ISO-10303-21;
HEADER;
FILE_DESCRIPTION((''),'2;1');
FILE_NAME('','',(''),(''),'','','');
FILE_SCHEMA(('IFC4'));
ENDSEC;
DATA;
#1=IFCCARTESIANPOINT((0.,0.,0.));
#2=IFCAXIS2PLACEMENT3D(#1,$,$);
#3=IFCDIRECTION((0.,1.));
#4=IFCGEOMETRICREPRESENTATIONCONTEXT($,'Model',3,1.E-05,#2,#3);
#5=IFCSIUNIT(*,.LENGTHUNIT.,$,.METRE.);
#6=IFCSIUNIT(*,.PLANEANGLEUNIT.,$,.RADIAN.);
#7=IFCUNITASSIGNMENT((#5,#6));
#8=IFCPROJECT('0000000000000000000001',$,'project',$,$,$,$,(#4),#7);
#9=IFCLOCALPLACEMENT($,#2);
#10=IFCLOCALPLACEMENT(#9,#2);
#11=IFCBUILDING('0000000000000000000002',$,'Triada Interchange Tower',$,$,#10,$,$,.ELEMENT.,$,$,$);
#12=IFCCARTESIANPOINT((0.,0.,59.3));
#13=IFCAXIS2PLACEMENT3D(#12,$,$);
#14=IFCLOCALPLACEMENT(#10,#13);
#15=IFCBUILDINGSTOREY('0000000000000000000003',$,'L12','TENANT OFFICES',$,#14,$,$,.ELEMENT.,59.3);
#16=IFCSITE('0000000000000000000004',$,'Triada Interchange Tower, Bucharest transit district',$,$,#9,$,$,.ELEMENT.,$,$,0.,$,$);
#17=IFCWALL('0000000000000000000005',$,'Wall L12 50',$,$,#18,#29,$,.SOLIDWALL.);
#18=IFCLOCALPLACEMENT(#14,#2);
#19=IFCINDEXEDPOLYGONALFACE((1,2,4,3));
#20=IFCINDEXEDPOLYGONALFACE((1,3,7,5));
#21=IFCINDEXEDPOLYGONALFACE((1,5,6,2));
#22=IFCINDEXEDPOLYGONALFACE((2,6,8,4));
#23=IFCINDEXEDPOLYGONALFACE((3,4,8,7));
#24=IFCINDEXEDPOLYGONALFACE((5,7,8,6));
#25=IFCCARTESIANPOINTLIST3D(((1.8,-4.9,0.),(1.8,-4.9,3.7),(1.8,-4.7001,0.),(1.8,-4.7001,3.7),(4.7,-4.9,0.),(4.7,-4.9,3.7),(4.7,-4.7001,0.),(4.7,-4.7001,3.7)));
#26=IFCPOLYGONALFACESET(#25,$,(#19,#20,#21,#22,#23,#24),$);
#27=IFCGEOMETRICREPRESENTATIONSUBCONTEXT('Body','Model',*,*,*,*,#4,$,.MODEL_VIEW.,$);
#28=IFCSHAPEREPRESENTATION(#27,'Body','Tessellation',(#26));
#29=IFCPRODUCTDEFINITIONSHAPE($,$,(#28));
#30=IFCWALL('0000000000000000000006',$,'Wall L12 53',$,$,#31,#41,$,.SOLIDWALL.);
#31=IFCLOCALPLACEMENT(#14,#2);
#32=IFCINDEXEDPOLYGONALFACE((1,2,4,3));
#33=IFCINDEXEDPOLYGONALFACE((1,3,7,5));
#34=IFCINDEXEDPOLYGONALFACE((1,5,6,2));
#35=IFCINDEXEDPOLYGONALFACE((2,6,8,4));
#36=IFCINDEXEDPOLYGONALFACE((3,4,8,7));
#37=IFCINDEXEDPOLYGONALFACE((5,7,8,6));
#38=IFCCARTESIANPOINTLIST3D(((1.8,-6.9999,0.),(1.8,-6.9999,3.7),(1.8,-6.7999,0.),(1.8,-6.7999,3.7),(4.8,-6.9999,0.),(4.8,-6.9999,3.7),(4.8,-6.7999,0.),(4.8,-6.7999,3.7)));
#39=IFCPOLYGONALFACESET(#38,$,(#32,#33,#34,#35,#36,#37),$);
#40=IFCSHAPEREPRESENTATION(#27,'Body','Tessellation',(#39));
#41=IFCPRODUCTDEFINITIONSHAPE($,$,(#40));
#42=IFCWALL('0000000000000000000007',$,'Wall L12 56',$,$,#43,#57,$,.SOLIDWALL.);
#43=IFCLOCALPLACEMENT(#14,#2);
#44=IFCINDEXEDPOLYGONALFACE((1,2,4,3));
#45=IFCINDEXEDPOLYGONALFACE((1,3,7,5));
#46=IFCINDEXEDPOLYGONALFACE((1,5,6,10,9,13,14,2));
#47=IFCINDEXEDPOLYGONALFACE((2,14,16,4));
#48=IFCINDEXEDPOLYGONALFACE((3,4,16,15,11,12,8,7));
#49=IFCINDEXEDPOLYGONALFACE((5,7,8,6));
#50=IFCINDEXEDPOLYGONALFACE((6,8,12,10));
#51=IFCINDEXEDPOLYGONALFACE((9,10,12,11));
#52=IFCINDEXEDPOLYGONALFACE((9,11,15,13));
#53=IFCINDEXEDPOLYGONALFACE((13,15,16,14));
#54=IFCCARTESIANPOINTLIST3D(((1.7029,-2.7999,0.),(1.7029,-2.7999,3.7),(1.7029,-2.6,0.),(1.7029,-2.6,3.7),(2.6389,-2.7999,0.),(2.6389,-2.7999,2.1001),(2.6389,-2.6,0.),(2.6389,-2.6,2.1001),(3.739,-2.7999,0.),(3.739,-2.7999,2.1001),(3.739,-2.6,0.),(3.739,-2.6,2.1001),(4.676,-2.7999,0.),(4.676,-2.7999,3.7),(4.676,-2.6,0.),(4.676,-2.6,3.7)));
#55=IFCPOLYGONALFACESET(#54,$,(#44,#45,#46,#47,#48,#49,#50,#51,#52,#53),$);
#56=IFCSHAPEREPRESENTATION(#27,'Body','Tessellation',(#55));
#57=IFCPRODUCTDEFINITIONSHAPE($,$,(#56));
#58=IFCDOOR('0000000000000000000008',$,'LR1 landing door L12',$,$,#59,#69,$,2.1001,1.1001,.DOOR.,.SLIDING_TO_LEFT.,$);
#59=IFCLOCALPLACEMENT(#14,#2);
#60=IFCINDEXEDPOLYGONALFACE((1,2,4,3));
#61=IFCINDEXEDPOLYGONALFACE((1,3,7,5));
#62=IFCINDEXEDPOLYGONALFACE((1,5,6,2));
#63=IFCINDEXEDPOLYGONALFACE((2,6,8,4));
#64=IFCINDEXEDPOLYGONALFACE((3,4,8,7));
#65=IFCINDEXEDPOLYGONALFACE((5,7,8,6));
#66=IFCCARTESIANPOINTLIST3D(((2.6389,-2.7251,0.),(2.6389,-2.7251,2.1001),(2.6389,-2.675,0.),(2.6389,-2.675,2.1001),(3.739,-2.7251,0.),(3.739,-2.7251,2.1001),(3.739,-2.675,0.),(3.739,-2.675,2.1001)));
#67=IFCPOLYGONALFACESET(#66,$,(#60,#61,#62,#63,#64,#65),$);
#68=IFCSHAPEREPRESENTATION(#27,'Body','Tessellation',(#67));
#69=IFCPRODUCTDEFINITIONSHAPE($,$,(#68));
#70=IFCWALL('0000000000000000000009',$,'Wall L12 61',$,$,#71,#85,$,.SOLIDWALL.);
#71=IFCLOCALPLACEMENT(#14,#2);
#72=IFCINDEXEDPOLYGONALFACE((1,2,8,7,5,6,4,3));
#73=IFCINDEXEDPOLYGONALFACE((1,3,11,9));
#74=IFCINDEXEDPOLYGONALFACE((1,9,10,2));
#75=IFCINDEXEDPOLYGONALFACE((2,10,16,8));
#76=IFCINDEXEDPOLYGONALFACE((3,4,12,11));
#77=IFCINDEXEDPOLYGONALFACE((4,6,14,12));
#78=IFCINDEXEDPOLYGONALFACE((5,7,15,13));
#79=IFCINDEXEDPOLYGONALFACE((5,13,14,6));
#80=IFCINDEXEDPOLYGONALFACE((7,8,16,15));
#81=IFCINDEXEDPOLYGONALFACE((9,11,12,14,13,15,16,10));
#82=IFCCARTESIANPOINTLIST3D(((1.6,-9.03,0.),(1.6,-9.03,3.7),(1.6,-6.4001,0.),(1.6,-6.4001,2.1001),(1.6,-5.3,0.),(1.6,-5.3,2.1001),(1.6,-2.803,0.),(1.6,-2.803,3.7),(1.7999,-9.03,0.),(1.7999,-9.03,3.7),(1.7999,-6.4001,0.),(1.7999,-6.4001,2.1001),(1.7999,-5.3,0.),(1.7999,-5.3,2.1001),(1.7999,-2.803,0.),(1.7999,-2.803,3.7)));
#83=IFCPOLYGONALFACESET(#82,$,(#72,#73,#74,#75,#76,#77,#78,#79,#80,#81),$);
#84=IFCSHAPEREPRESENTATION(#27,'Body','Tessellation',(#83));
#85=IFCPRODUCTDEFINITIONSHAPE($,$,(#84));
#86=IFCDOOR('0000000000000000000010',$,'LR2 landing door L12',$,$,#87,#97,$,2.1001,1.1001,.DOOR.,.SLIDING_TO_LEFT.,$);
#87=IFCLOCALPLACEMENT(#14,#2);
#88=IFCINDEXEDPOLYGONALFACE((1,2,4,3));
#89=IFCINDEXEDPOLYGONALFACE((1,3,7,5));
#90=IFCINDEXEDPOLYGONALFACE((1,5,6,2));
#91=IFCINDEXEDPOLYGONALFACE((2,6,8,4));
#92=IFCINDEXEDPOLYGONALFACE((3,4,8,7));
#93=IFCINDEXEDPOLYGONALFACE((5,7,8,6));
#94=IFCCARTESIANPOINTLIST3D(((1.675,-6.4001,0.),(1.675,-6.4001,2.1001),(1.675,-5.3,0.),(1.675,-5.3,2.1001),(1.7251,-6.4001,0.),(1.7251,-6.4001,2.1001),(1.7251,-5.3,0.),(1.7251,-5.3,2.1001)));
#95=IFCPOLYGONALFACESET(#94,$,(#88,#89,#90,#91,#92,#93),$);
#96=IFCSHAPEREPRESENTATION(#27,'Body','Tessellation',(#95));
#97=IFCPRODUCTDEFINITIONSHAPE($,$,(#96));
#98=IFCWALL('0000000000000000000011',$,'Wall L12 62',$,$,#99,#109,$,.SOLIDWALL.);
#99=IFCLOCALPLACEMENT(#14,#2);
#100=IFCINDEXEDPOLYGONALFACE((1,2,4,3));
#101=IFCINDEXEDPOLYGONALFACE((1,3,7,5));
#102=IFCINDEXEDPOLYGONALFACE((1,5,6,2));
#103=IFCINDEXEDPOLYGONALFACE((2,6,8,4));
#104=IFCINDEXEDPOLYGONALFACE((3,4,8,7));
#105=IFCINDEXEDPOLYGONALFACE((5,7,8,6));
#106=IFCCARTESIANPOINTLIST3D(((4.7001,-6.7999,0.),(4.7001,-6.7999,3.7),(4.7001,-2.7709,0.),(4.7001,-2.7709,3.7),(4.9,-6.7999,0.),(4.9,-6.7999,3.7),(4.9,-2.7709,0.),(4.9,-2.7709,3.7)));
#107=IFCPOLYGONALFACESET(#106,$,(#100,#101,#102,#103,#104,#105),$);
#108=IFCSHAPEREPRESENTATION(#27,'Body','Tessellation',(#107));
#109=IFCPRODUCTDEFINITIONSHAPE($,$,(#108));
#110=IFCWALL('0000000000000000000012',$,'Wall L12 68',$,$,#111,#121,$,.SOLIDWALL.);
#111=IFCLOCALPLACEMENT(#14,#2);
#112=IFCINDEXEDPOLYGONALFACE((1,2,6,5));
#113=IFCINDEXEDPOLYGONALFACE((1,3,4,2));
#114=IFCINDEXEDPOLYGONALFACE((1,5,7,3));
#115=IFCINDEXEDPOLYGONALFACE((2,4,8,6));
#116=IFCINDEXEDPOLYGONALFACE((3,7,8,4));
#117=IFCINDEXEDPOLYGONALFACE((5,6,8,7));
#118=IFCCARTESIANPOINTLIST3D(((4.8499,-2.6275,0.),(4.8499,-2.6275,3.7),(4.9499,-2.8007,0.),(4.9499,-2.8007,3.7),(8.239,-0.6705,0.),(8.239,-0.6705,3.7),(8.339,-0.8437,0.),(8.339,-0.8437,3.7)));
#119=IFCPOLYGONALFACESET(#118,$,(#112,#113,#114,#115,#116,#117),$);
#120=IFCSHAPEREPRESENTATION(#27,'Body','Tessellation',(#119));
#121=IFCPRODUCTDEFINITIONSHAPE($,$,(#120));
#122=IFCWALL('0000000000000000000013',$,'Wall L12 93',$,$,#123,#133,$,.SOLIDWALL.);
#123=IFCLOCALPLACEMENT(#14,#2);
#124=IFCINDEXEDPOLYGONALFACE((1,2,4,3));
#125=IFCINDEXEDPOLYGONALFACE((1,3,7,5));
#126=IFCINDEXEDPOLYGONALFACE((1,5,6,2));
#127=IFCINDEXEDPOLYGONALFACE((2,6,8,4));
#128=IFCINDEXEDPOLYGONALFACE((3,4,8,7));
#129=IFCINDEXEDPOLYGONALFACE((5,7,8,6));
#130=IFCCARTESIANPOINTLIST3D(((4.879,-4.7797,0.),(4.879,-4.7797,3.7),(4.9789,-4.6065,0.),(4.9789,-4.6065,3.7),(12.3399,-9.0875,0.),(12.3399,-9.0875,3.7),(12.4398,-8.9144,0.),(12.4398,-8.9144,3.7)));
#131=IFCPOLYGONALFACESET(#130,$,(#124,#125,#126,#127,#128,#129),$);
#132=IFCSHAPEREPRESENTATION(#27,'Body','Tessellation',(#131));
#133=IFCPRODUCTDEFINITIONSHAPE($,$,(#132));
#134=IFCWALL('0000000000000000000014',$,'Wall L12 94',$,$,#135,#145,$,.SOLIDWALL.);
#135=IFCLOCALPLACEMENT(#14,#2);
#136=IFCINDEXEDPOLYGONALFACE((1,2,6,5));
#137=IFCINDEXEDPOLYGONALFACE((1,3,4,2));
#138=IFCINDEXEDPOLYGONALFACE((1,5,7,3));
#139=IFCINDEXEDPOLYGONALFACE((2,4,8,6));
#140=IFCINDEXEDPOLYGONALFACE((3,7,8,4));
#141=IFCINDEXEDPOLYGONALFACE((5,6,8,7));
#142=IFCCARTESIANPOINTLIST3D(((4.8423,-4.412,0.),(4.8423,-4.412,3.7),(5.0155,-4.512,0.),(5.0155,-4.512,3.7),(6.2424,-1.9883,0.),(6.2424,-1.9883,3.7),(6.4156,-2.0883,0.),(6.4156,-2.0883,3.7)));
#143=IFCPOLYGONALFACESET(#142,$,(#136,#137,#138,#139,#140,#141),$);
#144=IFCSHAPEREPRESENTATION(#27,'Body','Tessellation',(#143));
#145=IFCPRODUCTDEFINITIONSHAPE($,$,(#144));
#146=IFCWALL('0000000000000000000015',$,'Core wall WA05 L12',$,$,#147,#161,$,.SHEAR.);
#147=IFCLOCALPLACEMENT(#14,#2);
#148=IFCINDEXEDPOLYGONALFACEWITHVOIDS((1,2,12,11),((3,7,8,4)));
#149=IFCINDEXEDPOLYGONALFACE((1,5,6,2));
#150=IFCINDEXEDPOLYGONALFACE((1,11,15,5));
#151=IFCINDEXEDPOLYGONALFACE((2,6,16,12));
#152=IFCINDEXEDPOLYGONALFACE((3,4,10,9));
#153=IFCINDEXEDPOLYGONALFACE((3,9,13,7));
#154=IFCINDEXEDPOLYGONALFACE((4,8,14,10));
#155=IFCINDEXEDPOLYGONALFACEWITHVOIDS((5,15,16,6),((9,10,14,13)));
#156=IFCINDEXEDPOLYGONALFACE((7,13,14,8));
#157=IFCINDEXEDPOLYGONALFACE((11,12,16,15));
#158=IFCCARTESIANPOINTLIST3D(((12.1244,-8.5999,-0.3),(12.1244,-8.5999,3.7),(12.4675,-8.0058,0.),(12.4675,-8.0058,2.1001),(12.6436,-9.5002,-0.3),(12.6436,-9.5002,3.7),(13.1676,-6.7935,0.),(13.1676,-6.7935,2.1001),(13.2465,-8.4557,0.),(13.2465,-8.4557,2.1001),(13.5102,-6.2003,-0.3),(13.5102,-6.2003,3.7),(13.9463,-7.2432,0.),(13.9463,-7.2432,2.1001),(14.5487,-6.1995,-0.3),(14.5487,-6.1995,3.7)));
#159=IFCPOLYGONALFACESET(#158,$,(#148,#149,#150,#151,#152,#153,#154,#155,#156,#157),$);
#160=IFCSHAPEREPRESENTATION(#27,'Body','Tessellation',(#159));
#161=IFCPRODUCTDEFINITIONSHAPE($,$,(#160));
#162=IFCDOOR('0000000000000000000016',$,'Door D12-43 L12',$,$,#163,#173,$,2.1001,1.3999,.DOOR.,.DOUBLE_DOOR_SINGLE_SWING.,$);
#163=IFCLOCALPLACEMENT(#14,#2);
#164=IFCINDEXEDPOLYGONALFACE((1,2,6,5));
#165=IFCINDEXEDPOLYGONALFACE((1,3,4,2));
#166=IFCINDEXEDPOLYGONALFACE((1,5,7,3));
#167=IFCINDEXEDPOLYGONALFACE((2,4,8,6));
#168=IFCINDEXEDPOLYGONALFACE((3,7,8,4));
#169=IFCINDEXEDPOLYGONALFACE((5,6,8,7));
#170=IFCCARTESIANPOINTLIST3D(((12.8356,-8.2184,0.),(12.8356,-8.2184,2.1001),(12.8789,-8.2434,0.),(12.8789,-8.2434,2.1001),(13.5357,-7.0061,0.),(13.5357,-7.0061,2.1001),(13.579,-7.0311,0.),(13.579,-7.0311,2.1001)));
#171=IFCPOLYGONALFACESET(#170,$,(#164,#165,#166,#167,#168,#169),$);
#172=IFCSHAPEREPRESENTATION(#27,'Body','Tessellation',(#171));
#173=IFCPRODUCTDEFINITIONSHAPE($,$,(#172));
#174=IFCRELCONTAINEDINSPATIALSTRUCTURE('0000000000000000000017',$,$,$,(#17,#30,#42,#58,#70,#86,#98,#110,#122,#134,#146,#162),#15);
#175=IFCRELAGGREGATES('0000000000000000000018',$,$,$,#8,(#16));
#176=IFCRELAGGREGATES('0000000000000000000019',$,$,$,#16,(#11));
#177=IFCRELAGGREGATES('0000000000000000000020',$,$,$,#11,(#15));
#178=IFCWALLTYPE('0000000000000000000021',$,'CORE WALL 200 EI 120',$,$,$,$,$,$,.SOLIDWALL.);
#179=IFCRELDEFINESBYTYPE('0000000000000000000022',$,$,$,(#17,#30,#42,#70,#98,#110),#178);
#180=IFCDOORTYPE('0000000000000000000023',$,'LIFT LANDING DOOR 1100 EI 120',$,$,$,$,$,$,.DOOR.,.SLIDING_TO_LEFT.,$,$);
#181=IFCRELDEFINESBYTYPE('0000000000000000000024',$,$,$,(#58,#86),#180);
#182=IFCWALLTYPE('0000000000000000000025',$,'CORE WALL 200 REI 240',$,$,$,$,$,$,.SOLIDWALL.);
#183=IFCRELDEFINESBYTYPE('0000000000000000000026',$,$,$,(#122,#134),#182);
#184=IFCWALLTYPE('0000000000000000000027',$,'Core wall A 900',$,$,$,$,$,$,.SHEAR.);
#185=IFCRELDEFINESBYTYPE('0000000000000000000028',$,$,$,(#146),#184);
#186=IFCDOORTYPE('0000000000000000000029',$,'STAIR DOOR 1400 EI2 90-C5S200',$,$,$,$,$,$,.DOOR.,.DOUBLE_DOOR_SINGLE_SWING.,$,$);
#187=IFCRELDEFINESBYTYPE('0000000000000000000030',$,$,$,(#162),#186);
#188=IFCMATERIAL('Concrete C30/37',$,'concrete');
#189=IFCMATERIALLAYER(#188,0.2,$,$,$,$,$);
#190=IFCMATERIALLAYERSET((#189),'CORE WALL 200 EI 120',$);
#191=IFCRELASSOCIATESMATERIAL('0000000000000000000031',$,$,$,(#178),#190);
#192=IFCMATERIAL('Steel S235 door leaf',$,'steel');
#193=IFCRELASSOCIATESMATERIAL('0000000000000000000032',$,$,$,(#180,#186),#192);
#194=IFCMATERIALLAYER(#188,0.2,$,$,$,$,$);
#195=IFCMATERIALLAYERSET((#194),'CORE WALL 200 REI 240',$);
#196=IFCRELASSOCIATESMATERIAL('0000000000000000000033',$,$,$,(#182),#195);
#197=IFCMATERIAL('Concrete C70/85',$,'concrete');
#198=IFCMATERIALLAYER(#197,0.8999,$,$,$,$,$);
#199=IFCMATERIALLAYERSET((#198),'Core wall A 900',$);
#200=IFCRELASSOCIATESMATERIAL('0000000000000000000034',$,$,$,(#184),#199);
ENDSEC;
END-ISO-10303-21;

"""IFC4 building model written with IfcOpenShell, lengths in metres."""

from ifc_helpers import new_model, si_unit, direction, frame, frame_2d, origin, place, context, subcontext, project, spatial, polyline, rectangle, outline, extrude, material, layer, layer_set, type_object, element, fill, save


model = new_model("IFC4")

# Units and contexts
model_context = context("Model", 3, precision=1e-05, world=origin(), true_north=direction((0.0, 1.0)))
body_context = subcontext(model_context, "Body", "Model", "MODEL_VIEW")
ifc_project = project(units=[si_unit("LENGTHUNIT", "METRE"), si_unit("PLANEANGLEUNIT", "RADIAN")], contexts=[model_context])

# Site, building, storey
site_placement = place(None, origin())
site = spatial("IfcSite", under=ifc_project, at=site_placement, Name="Triada Interchange Tower, Bucharest transit district", CompositionType="ELEMENT", RefElevation=0.0)
building_placement = place(site_placement, origin())
building = spatial("IfcBuilding", under=site, at=building_placement, Name="Triada Interchange Tower", CompositionType="ELEMENT")
storey_placement = place(building_placement, frame((0.0, 0.0, 59.3)))
storey = spatial("IfcBuildingStorey", under=building, at=storey_placement, Name="L12", Description="TENANT OFFICES", CompositionType="ELEMENT", Elevation=59.3)

# Walls
ifc_material_1 = material(Name="Concrete C30/37", Category="concrete")
ifc_layer_1 = layer(ifc_material_1, 0.2)
ifc_layer_set_1 = layer_set([ifc_layer_1], Name="CORE WALL 200 EI 120")
wall_type_1 = type_object("IfcWallType", Name="CORE WALL 200 EI 120", PredefinedType="SOLIDWALL", material=ifc_layer_set_1)
wall_1_placement = place(storey_placement, frame((1.8, -4.8, 0.0), z_axis=(0.0, 0.0, 1.0), x_axis=(1.0, 0.0, 0.0)))
element("IfcWall", 1, at=wall_1_placement, inside=storey, type_object=wall_type_1, Name="Wall L12 50", PredefinedType="SOLIDWALL", context=body_context, shape_type="SweptSolid", body=[
    extrude(rectangle(XDim=2.8999, YDim=0.2, at=frame_2d((1.45, 0.0))), origin(), (0.0, 0.0, 1.0), 3.7),
])
wall_2_placement = place(storey_placement, frame((1.8, -6.8999, 0.0), z_axis=(0.0, 0.0, 1.0), x_axis=(1.0, 0.0, 0.0)))
element("IfcWall", 2, at=wall_2_placement, inside=storey, type_object=wall_type_1, Name="Wall L12 53", PredefinedType="SOLIDWALL", context=body_context, shape_type="SweptSolid", body=[
    extrude(rectangle(XDim=3.0, YDim=0.2, at=frame_2d((1.5, 0.0))), origin(), (0.0, 0.0, 1.0), 3.7),
])

# Walls, openings, doors
wall_3_placement = place(storey_placement, frame((1.7029, -2.7, 0.0), z_axis=(0.0, 0.0, 1.0), x_axis=(1.0, 0.0, 0.0)))
wall_3 = element("IfcWall", 3, at=wall_3_placement, inside=storey, type_object=wall_type_1, Name="Wall L12 56", PredefinedType="SOLIDWALL", context=body_context, shape_type="SweptSolid", body=[
    extrude(rectangle(XDim=2.9731, YDim=0.2, at=frame_2d((1.4866, 0.0))), origin(), (0.0, 0.0, 1.0), 3.7),
])
opening_1_placement = place(wall_3_placement, frame((0.936, 0.0, 0.0)))
opening_1 = element("IfcOpeningElement", 4, at=opening_1_placement, cuts=wall_3, PredefinedType="OPENING", context=body_context, shape_type="SweptSolid", body=[
    extrude(rectangle(XDim=1.1001, YDim=2.1001, at=frame_2d((0.55, 1.05))), frame((0.0, 0.1099, 0.0), z_axis=(0.0, -1.0, 0.0), x_axis=(1.0, 0.0, 0.0)), (0.0, 0.0, 1.0), 0.22),
])
ifc_material_2 = material(Name="Steel S235 door leaf", Category="steel")
door_type_1 = type_object("IfcDoorType", Name="LIFT LANDING DOOR 1100 EI 120", OperationType="SLIDING_TO_LEFT", PredefinedType="DOOR", material=ifc_material_2)
door_1_placement = place(opening_1_placement, origin())
door_1 = element("IfcDoor", 5, at=door_1_placement, inside=storey, type_object=door_type_1, Name="LR1 landing door L12", OperationType="SLIDING_TO_LEFT", OverallHeight=2.1001, OverallWidth=1.1001, PredefinedType="DOOR", context=body_context, shape_type="SweptSolid", body=[
    extrude(rectangle(XDim=1.1001, YDim=2.1001, at=frame_2d((0.55, 1.05))), frame((0.0, 0.0249, 0.0), z_axis=(0.0, -1.0, 0.0), x_axis=(1.0, 0.0, 0.0)), (0.0, 0.0, 1.0), 0.05),
])
fill(opening_1, door_1)
wall_4_placement = place(storey_placement, frame((1.7, -9.03, 0.0), z_axis=(0.0, 0.0, 1.0), x_axis=(0.0, 1.0, 0.0)))
wall_4 = element("IfcWall", 6, at=wall_4_placement, inside=storey, type_object=wall_type_1, Name="Wall L12 61", PredefinedType="SOLIDWALL", context=body_context, shape_type="SweptSolid", body=[
    extrude(rectangle(XDim=6.2271, YDim=0.2, at=frame_2d((3.1135, 0.0))), origin(), (0.0, 0.0, 1.0), 3.7),
])
opening_2_placement = place(wall_4_placement, frame((2.6299, 0.0, 0.0)))
opening_2 = element("IfcOpeningElement", 7, at=opening_2_placement, cuts=wall_4, PredefinedType="OPENING", context=body_context, shape_type="SweptSolid", body=[
    extrude(rectangle(XDim=1.1001, YDim=2.1001, at=frame_2d((0.55, 1.05))), frame((0.0, 0.1099, 0.0), z_axis=(0.0, -1.0, 0.0), x_axis=(1.0, 0.0, 0.0)), (0.0, 0.0, 1.0), 0.22),
])
door_2_placement = place(opening_2_placement, origin())
door_2 = element("IfcDoor", 8, at=door_2_placement, inside=storey, type_object=door_type_1, Name="LR2 landing door L12", OperationType="SLIDING_TO_LEFT", OverallHeight=2.1001, OverallWidth=1.1001, PredefinedType="DOOR", context=body_context, shape_type="SweptSolid", body=[
    extrude(rectangle(XDim=1.1001, YDim=2.1001, at=frame_2d((0.55, 1.05))), frame((0.0, 0.0249, 0.0), z_axis=(0.0, -1.0, 0.0), x_axis=(1.0, 0.0, 0.0)), (0.0, 0.0, 1.0), 0.05),
])
fill(opening_2, door_2)

# Walls
wall_5_placement = place(storey_placement, frame((4.8, -6.8, 0.0), z_axis=(0.0, 0.0, 1.0), x_axis=(0.0, 1.0, 0.0)))
element("IfcWall", 9, at=wall_5_placement, inside=storey, type_object=wall_type_1, Name="Wall L12 62", PredefinedType="SOLIDWALL", context=body_context, shape_type="SweptSolid", body=[
    extrude(rectangle(XDim=4.0291, YDim=0.2, at=frame_2d((2.0146, 0.0))), origin(), (0.0, 0.0, 1.0), 3.7),
])
wall_6_placement = place(storey_placement, frame((4.8999, -2.7141, 0.0), z_axis=(0.0, 0.0, 1.0), x_axis=(0.865992, 0.500057, 0.0)))
element("IfcWall", 10, at=wall_6_placement, inside=storey, type_object=wall_type_1, Name="Wall L12 68", PredefinedType="SOLIDWALL", context=body_context, shape_type="SweptSolid", body=[
    extrude(rectangle(XDim=3.9136, YDim=0.2, at=frame_2d((1.9568, 0.0))), origin(), (0.0, 0.0, 1.0), 3.7),
])
ifc_layer_2 = layer(ifc_material_1, 0.2)
ifc_layer_set_2 = layer_set([ifc_layer_2], Name="CORE WALL 200 REI 240")
wall_type_2 = type_object("IfcWallType", Name="CORE WALL 200 REI 240", PredefinedType="SOLIDWALL", material=ifc_layer_set_2)
wall_7_placement = place(storey_placement, frame((4.929, -4.6931, 0.0), z_axis=(0.0, 0.0, 1.0), x_axis=(0.866011, -0.500025, 0.0)))
element("IfcWall", 11, at=wall_7_placement, inside=storey, type_object=wall_type_2, Name="Wall L12 93", PredefinedType="SOLIDWALL", context=body_context, shape_type="SweptSolid", body=[
    extrude(rectangle(XDim=8.6152, YDim=0.2, at=frame_2d((4.3076, 0.0))), origin(), (0.0, 0.0, 1.0), 3.7),
])
wall_8_placement = place(storey_placement, frame((4.929, -4.4619, 0.0), z_axis=(0.0, 0.0, 1.0), x_axis=(0.500201, 0.86591, 0.0)))
element("IfcWall", 12, at=wall_8_placement, inside=storey, type_object=wall_type_2, Name="Wall L12 94", PredefinedType="SOLIDWALL", context=body_context, shape_type="SweptSolid", body=[
    extrude(rectangle(XDim=2.7991, YDim=0.2, at=frame_2d((1.3994, 0.0))), origin(), (0.0, 0.0, 1.0), 3.7),
])

# Wall, opening, door
ifc_material_3 = material(Name="Concrete C70/85", Category="concrete")
ifc_layer_3 = layer(ifc_material_3, 0.8999)
ifc_layer_set_3 = layer_set([ifc_layer_3], Name="Core wall A 900")
wall_type_3 = type_object("IfcWallType", Name="Core wall A 900", PredefinedType="SHEAR", material=ifc_layer_set_3)
wall_9_placement = place(storey_placement, frame((12.384, -9.05, -0.3), z_axis=(0.0, 0.0, 1.0), x_axis=(0.500112, 0.865961, 0.0)))
wall_9 = element("IfcWall", 13, at=wall_9_placement, inside=storey, type_object=wall_type_3, Name="Core wall WA05 L12", PredefinedType="SHEAR", context=body_context, shape_type="SweptSolid", body=[
    extrude(outline(polyline([(-0.26, -0.45), (1.6455, -0.4495), (3.551, -0.449), (3.031, 0.45), (1.6455, 0.45), (0.26, 0.45), (-0.26, -0.45)])), origin(), (0.0, 0.0, 1.0), 4.0),
])
opening_3_placement = place(wall_9_placement, frame((0.946, 0.0, 0.3)))
opening_3 = element("IfcOpeningElement", 14, at=opening_3_placement, cuts=wall_9, PredefinedType="OPENING", context=body_context, shape_type="SweptSolid", body=[
    extrude(rectangle(XDim=1.3999, YDim=2.1001, at=frame_2d((0.7, 1.05))), frame((0.0, 0.46, 0.0), z_axis=(0.0, -1.0, 0.0), x_axis=(1.0, 0.0, 0.0)), (0.0, 0.0, 1.0), 0.9199),
])
door_type_2 = type_object("IfcDoorType", Name="STAIR DOOR 1400 EI2 90-C5S200", OperationType="DOUBLE_DOOR_SINGLE_SWING", PredefinedType="DOOR", material=ifc_material_2)
door_3_placement = place(opening_3_placement, origin())
door_3 = element("IfcDoor", 15, at=door_3_placement, inside=storey, type_object=door_type_2, Name="Door D12-43 L12", OperationType="DOUBLE_DOOR_SINGLE_SWING", OverallHeight=2.1001, OverallWidth=1.3999, PredefinedType="DOOR", context=body_context, shape_type="SweptSolid", body=[
    extrude(rectangle(XDim=1.3999, YDim=2.1001, at=frame_2d((0.7, 1.05))), frame((0.0, 0.0249, 0.0), z_axis=(0.0, -1.0, 0.0), x_axis=(1.0, 0.0, 0.0)), (0.0, 0.0, 1.0), 0.05),
])
fill(opening_3, door_3)

save(model, "model.ifc")
